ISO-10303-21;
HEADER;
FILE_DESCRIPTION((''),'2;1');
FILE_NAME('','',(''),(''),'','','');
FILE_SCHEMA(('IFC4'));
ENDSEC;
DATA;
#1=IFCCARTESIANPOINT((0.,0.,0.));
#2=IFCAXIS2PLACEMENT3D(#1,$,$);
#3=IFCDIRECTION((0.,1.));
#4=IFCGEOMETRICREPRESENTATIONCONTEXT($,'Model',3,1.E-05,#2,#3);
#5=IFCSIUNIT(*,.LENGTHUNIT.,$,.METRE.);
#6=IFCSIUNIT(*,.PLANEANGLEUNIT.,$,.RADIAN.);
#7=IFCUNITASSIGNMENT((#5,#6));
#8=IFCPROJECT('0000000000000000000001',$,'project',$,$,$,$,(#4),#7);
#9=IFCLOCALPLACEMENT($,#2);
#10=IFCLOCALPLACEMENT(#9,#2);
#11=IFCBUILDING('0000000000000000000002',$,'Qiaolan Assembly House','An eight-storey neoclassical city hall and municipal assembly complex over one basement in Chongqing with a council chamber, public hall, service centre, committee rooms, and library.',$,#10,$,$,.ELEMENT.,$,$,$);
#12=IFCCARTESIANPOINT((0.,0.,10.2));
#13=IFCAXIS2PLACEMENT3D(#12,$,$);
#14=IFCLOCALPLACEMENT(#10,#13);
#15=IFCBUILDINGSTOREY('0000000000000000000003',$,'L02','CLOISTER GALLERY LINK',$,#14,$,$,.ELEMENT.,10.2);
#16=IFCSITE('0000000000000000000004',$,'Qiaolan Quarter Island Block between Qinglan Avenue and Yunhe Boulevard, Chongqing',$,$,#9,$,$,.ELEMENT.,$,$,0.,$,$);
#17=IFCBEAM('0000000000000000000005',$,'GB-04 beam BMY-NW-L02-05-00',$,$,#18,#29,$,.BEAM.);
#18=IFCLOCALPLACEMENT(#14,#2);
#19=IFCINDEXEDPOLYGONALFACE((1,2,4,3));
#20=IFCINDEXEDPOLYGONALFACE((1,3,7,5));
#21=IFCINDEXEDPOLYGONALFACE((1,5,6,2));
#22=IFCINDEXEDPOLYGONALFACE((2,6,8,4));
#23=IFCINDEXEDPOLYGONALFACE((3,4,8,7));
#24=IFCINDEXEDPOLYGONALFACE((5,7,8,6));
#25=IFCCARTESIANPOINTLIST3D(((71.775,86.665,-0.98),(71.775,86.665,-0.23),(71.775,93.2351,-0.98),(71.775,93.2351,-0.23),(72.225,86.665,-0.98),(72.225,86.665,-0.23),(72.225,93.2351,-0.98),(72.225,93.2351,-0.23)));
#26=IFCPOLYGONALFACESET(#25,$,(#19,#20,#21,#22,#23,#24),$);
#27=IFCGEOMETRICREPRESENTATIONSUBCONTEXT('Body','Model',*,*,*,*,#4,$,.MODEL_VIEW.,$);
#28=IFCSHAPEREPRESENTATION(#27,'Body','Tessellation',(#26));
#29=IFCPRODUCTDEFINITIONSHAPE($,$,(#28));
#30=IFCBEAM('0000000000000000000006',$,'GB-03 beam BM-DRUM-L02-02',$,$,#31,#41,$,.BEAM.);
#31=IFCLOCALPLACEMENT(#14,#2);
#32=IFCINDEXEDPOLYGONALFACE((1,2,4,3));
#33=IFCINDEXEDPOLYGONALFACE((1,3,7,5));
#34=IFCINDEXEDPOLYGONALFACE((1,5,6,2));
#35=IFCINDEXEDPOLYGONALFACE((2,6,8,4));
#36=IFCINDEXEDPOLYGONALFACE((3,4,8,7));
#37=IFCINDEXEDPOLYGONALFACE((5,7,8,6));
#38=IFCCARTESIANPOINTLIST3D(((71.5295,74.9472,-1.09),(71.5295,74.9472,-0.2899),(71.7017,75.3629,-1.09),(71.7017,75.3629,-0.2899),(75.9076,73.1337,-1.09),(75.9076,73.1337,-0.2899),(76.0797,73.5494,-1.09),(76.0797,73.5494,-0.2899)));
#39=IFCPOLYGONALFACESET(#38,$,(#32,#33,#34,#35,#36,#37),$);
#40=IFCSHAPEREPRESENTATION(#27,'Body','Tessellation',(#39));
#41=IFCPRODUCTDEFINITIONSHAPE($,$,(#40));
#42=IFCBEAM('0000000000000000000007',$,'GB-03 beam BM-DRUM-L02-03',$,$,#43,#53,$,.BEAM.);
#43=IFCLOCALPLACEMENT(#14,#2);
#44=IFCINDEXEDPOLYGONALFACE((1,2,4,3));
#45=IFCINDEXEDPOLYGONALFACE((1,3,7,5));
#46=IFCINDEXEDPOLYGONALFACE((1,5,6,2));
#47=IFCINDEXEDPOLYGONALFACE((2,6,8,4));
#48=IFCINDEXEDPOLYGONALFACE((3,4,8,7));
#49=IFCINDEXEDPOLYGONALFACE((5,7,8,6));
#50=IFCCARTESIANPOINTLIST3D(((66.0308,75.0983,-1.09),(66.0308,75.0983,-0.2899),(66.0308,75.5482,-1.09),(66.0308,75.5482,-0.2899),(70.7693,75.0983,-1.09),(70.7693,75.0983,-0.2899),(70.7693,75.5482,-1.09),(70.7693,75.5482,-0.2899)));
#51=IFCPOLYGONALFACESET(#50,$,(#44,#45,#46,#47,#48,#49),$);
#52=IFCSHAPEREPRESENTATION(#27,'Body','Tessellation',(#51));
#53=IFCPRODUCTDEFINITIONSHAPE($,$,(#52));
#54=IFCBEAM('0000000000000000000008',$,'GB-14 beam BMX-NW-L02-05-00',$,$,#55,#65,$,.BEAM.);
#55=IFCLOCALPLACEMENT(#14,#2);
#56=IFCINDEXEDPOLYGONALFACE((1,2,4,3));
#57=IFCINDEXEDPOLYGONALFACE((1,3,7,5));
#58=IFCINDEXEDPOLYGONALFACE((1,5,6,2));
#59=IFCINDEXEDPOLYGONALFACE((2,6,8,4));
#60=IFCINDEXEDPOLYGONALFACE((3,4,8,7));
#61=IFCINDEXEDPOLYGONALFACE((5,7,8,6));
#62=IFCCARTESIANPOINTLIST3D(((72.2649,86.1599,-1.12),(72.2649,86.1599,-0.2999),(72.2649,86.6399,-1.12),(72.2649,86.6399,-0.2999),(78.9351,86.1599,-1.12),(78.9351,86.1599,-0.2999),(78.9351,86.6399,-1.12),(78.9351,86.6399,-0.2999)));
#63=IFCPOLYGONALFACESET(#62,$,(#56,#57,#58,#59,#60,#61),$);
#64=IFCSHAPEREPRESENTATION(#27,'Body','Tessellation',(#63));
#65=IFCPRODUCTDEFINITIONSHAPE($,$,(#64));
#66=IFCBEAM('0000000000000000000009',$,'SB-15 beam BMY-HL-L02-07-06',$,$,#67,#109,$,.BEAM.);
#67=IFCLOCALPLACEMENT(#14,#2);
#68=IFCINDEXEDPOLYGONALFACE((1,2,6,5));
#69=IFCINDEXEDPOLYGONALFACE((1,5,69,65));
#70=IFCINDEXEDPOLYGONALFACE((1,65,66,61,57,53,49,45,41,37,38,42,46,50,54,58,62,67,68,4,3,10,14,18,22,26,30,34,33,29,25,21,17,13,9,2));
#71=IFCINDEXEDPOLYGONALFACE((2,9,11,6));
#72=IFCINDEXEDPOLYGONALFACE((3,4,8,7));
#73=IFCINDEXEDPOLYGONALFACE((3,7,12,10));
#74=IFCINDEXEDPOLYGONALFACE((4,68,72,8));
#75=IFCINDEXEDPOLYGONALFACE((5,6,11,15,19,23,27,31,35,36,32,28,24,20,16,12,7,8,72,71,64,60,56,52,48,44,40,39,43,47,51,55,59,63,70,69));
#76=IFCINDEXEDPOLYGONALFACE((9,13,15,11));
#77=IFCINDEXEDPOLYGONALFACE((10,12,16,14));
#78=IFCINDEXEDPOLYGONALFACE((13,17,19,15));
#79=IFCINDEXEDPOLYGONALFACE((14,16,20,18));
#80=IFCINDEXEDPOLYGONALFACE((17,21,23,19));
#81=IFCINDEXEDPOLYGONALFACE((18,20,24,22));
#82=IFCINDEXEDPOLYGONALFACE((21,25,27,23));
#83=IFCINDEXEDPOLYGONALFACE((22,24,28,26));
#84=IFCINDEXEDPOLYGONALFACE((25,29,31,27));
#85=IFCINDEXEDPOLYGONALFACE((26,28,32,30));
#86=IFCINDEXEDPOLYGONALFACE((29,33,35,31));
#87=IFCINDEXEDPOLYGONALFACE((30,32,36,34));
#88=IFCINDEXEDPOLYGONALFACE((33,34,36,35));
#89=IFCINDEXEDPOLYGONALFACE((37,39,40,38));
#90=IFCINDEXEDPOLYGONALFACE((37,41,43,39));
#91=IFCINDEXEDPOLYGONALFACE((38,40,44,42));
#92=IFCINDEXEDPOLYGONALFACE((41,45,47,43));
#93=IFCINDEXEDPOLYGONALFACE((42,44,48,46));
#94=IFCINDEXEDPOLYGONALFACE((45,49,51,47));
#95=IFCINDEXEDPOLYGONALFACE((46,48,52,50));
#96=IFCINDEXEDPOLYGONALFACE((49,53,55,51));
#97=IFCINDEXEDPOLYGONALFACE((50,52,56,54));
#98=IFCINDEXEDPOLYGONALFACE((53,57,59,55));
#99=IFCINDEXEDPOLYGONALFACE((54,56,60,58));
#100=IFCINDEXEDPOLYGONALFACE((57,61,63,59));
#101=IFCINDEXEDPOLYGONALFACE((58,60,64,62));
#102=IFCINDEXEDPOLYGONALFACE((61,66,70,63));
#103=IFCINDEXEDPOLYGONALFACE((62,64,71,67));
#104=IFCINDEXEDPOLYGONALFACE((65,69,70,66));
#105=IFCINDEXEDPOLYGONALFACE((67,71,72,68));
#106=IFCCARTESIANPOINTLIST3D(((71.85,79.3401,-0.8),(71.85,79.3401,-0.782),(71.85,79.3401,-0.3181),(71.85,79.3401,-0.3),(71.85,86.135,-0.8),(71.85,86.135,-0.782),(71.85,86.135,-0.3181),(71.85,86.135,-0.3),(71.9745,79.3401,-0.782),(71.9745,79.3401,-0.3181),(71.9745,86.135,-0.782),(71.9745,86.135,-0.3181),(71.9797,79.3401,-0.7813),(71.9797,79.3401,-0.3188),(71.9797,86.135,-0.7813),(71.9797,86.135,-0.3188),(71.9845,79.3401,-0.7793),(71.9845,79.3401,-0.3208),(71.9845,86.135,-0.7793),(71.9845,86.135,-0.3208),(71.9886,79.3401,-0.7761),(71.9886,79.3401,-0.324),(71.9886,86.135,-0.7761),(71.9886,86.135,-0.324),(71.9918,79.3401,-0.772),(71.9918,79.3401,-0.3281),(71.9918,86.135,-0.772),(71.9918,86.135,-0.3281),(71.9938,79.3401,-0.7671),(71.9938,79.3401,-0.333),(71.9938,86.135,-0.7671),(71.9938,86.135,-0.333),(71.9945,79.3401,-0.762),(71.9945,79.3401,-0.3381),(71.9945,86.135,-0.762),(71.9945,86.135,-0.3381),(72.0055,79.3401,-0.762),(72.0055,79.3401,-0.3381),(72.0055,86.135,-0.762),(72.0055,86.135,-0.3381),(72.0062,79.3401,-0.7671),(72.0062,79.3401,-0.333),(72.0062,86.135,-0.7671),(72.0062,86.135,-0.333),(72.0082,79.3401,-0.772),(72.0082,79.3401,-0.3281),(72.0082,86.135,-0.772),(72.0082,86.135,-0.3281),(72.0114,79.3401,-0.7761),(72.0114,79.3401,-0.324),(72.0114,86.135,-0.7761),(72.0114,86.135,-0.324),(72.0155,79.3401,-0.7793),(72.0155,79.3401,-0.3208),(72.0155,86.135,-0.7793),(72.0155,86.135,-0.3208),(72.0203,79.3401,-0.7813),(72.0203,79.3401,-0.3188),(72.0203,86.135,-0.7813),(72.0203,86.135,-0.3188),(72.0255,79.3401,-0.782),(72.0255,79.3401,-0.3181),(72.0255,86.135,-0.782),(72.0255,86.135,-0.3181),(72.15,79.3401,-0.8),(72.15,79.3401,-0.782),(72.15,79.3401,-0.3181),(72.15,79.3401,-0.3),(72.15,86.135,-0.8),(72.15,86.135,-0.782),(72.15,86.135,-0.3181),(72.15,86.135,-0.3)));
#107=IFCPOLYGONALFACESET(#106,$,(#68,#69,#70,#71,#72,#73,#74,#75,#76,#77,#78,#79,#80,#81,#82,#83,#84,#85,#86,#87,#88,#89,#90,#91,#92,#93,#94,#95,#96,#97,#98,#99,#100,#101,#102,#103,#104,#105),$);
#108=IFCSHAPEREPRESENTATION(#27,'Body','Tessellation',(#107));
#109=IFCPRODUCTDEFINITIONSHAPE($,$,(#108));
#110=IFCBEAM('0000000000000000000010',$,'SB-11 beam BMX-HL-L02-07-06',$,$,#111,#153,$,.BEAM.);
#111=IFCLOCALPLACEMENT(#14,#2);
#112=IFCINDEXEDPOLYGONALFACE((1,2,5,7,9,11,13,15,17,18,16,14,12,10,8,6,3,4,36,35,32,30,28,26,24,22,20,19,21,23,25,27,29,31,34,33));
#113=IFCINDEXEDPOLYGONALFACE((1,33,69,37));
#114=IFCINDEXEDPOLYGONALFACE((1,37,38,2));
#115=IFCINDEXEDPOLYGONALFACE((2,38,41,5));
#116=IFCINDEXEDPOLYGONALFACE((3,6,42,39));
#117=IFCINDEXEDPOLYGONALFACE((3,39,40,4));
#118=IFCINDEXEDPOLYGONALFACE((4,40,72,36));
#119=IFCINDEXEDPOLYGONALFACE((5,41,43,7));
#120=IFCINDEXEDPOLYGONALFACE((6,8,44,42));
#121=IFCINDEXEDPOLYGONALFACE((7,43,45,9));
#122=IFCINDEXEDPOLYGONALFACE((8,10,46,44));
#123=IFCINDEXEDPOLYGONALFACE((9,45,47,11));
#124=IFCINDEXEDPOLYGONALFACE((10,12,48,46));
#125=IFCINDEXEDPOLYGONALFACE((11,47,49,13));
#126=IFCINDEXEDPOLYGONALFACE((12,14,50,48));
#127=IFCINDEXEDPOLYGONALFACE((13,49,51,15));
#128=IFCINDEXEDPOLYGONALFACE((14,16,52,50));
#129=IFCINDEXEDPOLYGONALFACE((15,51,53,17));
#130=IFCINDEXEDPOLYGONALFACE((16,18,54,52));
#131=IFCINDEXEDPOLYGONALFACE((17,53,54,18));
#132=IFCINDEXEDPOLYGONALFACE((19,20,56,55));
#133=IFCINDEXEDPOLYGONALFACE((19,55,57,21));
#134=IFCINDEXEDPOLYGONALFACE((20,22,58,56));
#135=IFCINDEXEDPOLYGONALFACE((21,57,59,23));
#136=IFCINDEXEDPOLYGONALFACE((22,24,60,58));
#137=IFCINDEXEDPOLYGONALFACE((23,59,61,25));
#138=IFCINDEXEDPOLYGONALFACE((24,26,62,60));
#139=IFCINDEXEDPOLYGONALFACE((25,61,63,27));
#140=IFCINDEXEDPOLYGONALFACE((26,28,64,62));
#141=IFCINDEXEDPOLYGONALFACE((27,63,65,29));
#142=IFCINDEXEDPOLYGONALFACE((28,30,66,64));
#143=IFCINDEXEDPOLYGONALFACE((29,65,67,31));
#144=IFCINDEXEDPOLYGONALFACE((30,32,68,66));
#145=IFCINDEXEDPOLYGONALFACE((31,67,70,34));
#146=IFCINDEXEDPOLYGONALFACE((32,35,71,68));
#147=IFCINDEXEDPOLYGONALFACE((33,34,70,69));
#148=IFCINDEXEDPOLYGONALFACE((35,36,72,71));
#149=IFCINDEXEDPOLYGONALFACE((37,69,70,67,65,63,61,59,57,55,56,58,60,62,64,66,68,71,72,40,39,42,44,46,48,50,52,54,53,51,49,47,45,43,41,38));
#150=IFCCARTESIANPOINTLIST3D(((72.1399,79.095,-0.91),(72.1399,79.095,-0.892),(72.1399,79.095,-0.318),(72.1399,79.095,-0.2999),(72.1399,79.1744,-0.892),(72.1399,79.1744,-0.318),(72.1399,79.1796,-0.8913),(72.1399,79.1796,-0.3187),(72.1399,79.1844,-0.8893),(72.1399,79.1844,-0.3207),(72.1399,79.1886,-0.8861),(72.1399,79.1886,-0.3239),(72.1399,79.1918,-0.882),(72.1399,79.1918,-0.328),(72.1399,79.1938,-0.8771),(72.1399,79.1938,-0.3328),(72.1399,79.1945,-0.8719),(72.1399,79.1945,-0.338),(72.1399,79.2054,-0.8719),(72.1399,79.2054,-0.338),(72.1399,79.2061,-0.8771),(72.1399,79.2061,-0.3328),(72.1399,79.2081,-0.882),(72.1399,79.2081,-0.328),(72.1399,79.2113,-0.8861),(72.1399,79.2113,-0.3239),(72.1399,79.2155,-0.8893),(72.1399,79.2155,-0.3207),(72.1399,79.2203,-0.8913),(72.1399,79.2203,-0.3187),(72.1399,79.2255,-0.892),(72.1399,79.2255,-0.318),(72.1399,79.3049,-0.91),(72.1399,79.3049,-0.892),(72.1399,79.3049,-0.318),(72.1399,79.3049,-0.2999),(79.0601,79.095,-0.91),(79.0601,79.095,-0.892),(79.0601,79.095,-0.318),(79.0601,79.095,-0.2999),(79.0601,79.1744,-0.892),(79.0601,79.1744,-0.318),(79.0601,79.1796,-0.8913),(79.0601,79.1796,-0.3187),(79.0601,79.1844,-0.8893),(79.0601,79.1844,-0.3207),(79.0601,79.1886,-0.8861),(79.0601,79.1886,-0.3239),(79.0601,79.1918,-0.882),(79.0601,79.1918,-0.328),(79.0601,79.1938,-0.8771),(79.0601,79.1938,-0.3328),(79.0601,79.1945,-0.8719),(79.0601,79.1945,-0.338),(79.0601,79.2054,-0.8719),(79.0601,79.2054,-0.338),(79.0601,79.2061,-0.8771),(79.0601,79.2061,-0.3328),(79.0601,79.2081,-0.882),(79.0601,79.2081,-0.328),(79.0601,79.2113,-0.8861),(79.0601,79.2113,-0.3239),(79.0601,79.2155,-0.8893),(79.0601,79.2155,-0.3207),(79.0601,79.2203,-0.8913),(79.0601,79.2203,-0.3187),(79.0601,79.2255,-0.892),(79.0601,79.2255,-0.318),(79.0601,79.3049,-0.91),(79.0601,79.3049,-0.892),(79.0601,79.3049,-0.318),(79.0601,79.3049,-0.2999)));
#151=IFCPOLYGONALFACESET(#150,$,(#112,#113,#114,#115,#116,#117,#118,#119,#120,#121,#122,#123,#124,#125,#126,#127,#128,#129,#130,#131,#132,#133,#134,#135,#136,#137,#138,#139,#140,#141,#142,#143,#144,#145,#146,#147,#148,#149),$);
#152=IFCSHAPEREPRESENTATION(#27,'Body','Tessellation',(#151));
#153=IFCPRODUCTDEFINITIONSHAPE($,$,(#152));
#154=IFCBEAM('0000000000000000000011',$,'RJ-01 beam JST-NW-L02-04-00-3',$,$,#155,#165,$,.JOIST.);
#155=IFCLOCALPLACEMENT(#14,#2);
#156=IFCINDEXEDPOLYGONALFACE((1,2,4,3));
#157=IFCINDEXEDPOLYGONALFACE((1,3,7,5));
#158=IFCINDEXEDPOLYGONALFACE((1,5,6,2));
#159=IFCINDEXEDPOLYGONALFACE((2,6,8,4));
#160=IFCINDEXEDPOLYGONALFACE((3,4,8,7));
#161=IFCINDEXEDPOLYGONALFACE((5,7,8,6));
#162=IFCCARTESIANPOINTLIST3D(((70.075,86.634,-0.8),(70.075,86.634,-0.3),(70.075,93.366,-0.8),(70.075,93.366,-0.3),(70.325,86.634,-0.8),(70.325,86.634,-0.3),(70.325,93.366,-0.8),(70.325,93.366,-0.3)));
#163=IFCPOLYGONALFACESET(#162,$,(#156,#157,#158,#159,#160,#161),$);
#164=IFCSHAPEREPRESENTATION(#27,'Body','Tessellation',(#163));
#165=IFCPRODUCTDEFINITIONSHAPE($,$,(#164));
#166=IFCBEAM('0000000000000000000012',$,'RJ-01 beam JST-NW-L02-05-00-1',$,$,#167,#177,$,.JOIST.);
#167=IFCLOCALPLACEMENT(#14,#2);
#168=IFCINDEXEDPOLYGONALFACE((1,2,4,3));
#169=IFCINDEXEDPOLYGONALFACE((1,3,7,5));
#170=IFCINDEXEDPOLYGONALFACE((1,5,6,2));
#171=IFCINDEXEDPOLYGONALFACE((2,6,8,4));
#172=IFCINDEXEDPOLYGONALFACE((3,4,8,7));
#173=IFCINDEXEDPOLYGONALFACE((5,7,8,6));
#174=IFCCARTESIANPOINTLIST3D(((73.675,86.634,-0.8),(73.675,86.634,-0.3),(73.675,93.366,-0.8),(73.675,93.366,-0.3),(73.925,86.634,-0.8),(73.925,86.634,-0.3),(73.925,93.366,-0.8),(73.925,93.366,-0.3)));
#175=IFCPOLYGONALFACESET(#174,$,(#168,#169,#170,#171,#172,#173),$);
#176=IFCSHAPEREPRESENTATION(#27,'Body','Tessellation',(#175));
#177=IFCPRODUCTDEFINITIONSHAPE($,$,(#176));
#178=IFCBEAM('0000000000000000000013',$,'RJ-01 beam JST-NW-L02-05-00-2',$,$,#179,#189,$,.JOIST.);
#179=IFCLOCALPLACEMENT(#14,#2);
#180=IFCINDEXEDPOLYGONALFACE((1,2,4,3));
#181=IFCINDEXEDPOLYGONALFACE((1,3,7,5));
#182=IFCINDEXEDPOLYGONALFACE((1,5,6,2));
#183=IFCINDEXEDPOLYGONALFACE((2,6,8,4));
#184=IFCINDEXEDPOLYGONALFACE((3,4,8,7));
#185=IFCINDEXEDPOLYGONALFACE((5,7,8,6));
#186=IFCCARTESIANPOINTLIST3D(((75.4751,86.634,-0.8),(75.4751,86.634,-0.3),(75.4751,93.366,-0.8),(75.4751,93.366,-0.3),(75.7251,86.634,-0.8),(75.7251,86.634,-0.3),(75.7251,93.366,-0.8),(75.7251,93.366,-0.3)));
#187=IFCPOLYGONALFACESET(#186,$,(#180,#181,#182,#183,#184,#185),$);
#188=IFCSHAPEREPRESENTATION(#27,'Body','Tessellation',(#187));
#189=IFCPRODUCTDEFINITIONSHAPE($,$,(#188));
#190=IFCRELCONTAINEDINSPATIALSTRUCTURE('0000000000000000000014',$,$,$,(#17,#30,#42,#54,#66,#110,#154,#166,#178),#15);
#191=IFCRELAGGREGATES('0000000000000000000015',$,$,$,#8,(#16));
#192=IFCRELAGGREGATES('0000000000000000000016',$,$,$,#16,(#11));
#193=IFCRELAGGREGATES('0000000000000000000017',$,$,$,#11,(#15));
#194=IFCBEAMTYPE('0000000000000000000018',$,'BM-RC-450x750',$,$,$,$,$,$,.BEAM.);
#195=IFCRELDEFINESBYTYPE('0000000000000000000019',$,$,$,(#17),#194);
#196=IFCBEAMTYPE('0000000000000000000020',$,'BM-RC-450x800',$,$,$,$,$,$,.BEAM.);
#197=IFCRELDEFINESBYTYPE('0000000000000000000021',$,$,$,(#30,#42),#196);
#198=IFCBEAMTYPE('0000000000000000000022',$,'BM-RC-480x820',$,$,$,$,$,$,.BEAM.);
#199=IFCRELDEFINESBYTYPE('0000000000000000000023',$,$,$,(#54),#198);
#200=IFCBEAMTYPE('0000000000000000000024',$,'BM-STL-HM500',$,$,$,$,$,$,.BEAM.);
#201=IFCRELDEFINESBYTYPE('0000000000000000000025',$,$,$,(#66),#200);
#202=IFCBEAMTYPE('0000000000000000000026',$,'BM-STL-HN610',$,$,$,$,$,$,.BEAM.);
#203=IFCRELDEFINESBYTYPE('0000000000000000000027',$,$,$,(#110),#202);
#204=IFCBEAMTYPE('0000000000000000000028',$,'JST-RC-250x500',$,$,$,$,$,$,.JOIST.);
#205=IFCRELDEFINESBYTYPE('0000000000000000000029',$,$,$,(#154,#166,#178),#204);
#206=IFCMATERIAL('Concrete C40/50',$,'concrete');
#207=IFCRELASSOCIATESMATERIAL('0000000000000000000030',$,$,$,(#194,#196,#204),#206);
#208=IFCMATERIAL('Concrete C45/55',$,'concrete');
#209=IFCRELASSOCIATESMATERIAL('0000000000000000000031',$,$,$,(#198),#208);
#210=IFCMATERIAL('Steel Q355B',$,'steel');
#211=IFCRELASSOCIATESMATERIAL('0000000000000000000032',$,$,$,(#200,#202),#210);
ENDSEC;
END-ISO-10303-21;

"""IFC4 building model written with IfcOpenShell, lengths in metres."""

from ifc_helpers import new_model, si_unit, direction, frame, origin, origin_2d, place, context, subcontext, project, spatial, rectangle, i_section, extrude, material, material_profile, profile_set, type_object, element, save


model = new_model("IFC4")

# Units and contexts
model_context = context("Model", 3, precision=1e-05, world=origin(), true_north=direction((0.0, 1.0)))
body_context = subcontext(model_context, "Body", "Model", "MODEL_VIEW")
ifc_project = project(units=[si_unit("LENGTHUNIT", "METRE"), si_unit("PLANEANGLEUNIT", "RADIAN")], contexts=[model_context])

# Site, building, storey
site_placement = place(None, origin())
site = spatial("IfcSite", under=ifc_project, at=site_placement, Name="Qiaolan Quarter Island Block between Qinglan Avenue and Yunhe Boulevard, Chongqing", CompositionType="ELEMENT", RefElevation=0.0)
building_placement = place(site_placement, origin())
building = spatial("IfcBuilding", under=site, at=building_placement, Name="Qiaolan Assembly House", Description="An eight-storey neoclassical city hall and municipal assembly complex over one basement in Chongqing with a council chamber, public hall, service centre, committee rooms, and library.", CompositionType="ELEMENT")
storey_placement = place(building_placement, frame((0.0, 0.0, 10.2)))
storey = spatial("IfcBuildingStorey", under=building, at=storey_placement, Name="L02", Description="CLOISTER GALLERY LINK", CompositionType="ELEMENT", Elevation=10.2)

# Shared definitions
ifc_material_1 = material(Name="Concrete C45/55", Category="concrete")
ifc_material_2 = material(Name="Steel Q355B", Category="steel")

# Beams
ifc_material_3 = material(Name="Concrete C40/50", Category="concrete")
ifc_material_profile_1 = material_profile(ifc_material_3, rectangle(XDim=0.45, YDim=0.75, at=origin_2d()), Name="RCB 450x750")
ifc_profile_set_1 = profile_set([ifc_material_profile_1], Name="Concrete C40/50")
beam_type_1 = type_object("IfcBeamType", Name="BM-RC-450x750", PredefinedType="BEAM", material=ifc_profile_set_1)
beam_1_placement = place(storey_placement, frame((72.0, 86.665, -0.605), z_axis=(0.0, 1.0, 0.0), x_axis=(-1.0, 0.0, 0.0)))
element("IfcBeam", 1, at=beam_1_placement, inside=storey, type_object=beam_type_1, Name="GB-04 beam BMY-NW-L02-05-00", PredefinedType="BEAM", context=body_context, shape_type="SweptSolid", body=[
    extrude(rectangle(XDim=0.45, YDim=0.75, at=origin_2d()), origin(), (0.0, 0.0, 1.0), 6.5701),
])
ifc_material_profile_2 = material_profile(ifc_material_3, rectangle(XDim=0.45, YDim=0.8, at=origin_2d()), Name="RCB 450x800")
ifc_profile_set_2 = profile_set([ifc_material_profile_2], Name="Concrete C40/50")
beam_type_2 = type_object("IfcBeamType", Name="BM-RC-450x800", PredefinedType="BEAM", material=ifc_profile_set_2)
beam_2_placement = place(storey_placement, frame((75.9937, 73.3416, -0.6899), z_axis=(-0.923874, 0.382698, 0.0), x_axis=(-0.382698, -0.923874, 0.0)))
element("IfcBeam", 2, at=beam_2_placement, inside=storey, type_object=beam_type_2, Name="GB-03 beam BM-DRUM-L02-02", PredefinedType="BEAM", context=body_context, shape_type="SweptSolid", body=[
    extrude(rectangle(XDim=0.45, YDim=0.8, at=origin_2d()), origin(), (0.0, 0.0, 1.0), 4.7388),
])
beam_3_placement = place(storey_placement, frame((70.7693, 75.3232, -0.6899), z_axis=(-1.0, 0.0, 0.0), x_axis=(0.0, -1.0, 0.0)))
element("IfcBeam", 3, at=beam_3_placement, inside=storey, type_object=beam_type_2, Name="GB-03 beam BM-DRUM-L02-03", PredefinedType="BEAM", context=body_context, shape_type="SweptSolid", body=[
    extrude(rectangle(XDim=0.45, YDim=0.8, at=origin_2d()), origin(), (0.0, 0.0, 1.0), 4.7385),
])
ifc_material_profile_3 = material_profile(ifc_material_1, rectangle(XDim=0.48, YDim=0.8201, at=origin_2d()), Name="RCB 480x820")
ifc_profile_set_3 = profile_set([ifc_material_profile_3], Name="Concrete C45/55")
beam_type_3 = type_object("IfcBeamType", Name="BM-RC-480x820", PredefinedType="BEAM", material=ifc_profile_set_3)
beam_4_placement = place(storey_placement, frame((72.2649, 86.3999, -0.71), z_axis=(1.0, 0.0, 0.0), x_axis=(0.0, 1.0, 0.0)))
element("IfcBeam", 4, at=beam_4_placement, inside=storey, type_object=beam_type_3, Name="GB-14 beam BMX-NW-L02-05-00", PredefinedType="BEAM", context=body_context, shape_type="SweptSolid", body=[
    extrude(rectangle(XDim=0.48, YDim=0.8201, at=origin_2d()), origin(), (0.0, 0.0, 1.0), 6.6702),
])
ifc_material_profile_4 = material_profile(ifc_material_2, i_section(OverallWidth=0.3, OverallDepth=0.5, WebThickness=0.011, FlangeThickness=0.0181, FilletRadius=0.02, at=origin_2d()), Name="HM 500x300x11x18")
ifc_profile_set_4 = profile_set([ifc_material_profile_4], Name="Steel Q355B")
beam_type_4 = type_object("IfcBeamType", Name="BM-STL-HM500", PredefinedType="BEAM", material=ifc_profile_set_4)
beam_5_placement = place(storey_placement, frame((72.0, 79.3401, -0.55), z_axis=(0.0, 1.0, 0.0), x_axis=(-1.0, 0.0, 0.0)))
element("IfcBeam", 5, at=beam_5_placement, inside=storey, type_object=beam_type_4, Name="SB-15 beam BMY-HL-L02-07-06", PredefinedType="BEAM", context=body_context, shape_type="SweptSolid", body=[
    extrude(i_section(OverallWidth=0.3, OverallDepth=0.5, WebThickness=0.011, FlangeThickness=0.0181, FilletRadius=0.02, at=origin_2d()), origin(), (0.0, 0.0, 1.0), 6.7949),
])
ifc_material_profile_5 = material_profile(ifc_material_2, i_section(OverallWidth=0.21, OverallDepth=0.6101, WebThickness=0.011, FlangeThickness=0.0181, FilletRadius=0.02, at=origin_2d()), Name="HN 610x210x11x18")
ifc_profile_set_5 = profile_set([ifc_material_profile_5], Name="Steel Q355B")
beam_type_5 = type_object("IfcBeamType", Name="BM-STL-HN610", PredefinedType="BEAM", material=ifc_profile_set_5)
beam_6_placement = place(storey_placement, frame((72.1399, 79.2, -0.605), z_axis=(1.0, 0.0, 0.0), x_axis=(0.0, 1.0, 0.0)))
element("IfcBeam", 6, at=beam_6_placement, inside=storey, type_object=beam_type_5, Name="SB-11 beam BMX-HL-L02-07-06", PredefinedType="BEAM", context=body_context, shape_type="SweptSolid", body=[
    extrude(i_section(OverallWidth=0.21, OverallDepth=0.6101, WebThickness=0.011, FlangeThickness=0.0181, FilletRadius=0.02, at=origin_2d()), origin(), (0.0, 0.0, 1.0), 6.9202),
])
ifc_material_profile_6 = material_profile(ifc_material_3, rectangle(XDim=0.25, YDim=0.5, at=origin_2d()), Name="RCB 250x500")
ifc_profile_set_6 = profile_set([ifc_material_profile_6], Name="Concrete C40/50")
beam_type_6 = type_object("IfcBeamType", Name="JST-RC-250x500", PredefinedType="JOIST", material=ifc_profile_set_6)
for number, where, z_axis, x_axis, name in (
    (7, (70.2, 86.634, -0.55), (0.0, 1.0, 0.0), (-1.0, 0.0, 0.0), "RJ-01 beam JST-NW-L02-04-00-3"),
    (8, (73.8, 86.634, -0.55), (0.0, 1.0, 0.0), (-1.0, 0.0, 0.0), "RJ-01 beam JST-NW-L02-05-00-1"),
    (9, (75.6001, 86.634, -0.55), (0.0, 1.0, 0.0), (-1.0, 0.0, 0.0), "RJ-01 beam JST-NW-L02-05-00-2"),
):
    element("IfcBeam", number, at=place(storey_placement, frame(where, z_axis=z_axis, x_axis=x_axis)), inside=storey, type_object=beam_type_6, Name=name, PredefinedType="JOIST", context=body_context, shape_type="SweptSolid", body=[
        extrude(rectangle(XDim=0.25, YDim=0.5, at=origin_2d()), origin(), (0.0, 0.0, 1.0), 6.7319),
    ])

save(model, "model.ifc")
